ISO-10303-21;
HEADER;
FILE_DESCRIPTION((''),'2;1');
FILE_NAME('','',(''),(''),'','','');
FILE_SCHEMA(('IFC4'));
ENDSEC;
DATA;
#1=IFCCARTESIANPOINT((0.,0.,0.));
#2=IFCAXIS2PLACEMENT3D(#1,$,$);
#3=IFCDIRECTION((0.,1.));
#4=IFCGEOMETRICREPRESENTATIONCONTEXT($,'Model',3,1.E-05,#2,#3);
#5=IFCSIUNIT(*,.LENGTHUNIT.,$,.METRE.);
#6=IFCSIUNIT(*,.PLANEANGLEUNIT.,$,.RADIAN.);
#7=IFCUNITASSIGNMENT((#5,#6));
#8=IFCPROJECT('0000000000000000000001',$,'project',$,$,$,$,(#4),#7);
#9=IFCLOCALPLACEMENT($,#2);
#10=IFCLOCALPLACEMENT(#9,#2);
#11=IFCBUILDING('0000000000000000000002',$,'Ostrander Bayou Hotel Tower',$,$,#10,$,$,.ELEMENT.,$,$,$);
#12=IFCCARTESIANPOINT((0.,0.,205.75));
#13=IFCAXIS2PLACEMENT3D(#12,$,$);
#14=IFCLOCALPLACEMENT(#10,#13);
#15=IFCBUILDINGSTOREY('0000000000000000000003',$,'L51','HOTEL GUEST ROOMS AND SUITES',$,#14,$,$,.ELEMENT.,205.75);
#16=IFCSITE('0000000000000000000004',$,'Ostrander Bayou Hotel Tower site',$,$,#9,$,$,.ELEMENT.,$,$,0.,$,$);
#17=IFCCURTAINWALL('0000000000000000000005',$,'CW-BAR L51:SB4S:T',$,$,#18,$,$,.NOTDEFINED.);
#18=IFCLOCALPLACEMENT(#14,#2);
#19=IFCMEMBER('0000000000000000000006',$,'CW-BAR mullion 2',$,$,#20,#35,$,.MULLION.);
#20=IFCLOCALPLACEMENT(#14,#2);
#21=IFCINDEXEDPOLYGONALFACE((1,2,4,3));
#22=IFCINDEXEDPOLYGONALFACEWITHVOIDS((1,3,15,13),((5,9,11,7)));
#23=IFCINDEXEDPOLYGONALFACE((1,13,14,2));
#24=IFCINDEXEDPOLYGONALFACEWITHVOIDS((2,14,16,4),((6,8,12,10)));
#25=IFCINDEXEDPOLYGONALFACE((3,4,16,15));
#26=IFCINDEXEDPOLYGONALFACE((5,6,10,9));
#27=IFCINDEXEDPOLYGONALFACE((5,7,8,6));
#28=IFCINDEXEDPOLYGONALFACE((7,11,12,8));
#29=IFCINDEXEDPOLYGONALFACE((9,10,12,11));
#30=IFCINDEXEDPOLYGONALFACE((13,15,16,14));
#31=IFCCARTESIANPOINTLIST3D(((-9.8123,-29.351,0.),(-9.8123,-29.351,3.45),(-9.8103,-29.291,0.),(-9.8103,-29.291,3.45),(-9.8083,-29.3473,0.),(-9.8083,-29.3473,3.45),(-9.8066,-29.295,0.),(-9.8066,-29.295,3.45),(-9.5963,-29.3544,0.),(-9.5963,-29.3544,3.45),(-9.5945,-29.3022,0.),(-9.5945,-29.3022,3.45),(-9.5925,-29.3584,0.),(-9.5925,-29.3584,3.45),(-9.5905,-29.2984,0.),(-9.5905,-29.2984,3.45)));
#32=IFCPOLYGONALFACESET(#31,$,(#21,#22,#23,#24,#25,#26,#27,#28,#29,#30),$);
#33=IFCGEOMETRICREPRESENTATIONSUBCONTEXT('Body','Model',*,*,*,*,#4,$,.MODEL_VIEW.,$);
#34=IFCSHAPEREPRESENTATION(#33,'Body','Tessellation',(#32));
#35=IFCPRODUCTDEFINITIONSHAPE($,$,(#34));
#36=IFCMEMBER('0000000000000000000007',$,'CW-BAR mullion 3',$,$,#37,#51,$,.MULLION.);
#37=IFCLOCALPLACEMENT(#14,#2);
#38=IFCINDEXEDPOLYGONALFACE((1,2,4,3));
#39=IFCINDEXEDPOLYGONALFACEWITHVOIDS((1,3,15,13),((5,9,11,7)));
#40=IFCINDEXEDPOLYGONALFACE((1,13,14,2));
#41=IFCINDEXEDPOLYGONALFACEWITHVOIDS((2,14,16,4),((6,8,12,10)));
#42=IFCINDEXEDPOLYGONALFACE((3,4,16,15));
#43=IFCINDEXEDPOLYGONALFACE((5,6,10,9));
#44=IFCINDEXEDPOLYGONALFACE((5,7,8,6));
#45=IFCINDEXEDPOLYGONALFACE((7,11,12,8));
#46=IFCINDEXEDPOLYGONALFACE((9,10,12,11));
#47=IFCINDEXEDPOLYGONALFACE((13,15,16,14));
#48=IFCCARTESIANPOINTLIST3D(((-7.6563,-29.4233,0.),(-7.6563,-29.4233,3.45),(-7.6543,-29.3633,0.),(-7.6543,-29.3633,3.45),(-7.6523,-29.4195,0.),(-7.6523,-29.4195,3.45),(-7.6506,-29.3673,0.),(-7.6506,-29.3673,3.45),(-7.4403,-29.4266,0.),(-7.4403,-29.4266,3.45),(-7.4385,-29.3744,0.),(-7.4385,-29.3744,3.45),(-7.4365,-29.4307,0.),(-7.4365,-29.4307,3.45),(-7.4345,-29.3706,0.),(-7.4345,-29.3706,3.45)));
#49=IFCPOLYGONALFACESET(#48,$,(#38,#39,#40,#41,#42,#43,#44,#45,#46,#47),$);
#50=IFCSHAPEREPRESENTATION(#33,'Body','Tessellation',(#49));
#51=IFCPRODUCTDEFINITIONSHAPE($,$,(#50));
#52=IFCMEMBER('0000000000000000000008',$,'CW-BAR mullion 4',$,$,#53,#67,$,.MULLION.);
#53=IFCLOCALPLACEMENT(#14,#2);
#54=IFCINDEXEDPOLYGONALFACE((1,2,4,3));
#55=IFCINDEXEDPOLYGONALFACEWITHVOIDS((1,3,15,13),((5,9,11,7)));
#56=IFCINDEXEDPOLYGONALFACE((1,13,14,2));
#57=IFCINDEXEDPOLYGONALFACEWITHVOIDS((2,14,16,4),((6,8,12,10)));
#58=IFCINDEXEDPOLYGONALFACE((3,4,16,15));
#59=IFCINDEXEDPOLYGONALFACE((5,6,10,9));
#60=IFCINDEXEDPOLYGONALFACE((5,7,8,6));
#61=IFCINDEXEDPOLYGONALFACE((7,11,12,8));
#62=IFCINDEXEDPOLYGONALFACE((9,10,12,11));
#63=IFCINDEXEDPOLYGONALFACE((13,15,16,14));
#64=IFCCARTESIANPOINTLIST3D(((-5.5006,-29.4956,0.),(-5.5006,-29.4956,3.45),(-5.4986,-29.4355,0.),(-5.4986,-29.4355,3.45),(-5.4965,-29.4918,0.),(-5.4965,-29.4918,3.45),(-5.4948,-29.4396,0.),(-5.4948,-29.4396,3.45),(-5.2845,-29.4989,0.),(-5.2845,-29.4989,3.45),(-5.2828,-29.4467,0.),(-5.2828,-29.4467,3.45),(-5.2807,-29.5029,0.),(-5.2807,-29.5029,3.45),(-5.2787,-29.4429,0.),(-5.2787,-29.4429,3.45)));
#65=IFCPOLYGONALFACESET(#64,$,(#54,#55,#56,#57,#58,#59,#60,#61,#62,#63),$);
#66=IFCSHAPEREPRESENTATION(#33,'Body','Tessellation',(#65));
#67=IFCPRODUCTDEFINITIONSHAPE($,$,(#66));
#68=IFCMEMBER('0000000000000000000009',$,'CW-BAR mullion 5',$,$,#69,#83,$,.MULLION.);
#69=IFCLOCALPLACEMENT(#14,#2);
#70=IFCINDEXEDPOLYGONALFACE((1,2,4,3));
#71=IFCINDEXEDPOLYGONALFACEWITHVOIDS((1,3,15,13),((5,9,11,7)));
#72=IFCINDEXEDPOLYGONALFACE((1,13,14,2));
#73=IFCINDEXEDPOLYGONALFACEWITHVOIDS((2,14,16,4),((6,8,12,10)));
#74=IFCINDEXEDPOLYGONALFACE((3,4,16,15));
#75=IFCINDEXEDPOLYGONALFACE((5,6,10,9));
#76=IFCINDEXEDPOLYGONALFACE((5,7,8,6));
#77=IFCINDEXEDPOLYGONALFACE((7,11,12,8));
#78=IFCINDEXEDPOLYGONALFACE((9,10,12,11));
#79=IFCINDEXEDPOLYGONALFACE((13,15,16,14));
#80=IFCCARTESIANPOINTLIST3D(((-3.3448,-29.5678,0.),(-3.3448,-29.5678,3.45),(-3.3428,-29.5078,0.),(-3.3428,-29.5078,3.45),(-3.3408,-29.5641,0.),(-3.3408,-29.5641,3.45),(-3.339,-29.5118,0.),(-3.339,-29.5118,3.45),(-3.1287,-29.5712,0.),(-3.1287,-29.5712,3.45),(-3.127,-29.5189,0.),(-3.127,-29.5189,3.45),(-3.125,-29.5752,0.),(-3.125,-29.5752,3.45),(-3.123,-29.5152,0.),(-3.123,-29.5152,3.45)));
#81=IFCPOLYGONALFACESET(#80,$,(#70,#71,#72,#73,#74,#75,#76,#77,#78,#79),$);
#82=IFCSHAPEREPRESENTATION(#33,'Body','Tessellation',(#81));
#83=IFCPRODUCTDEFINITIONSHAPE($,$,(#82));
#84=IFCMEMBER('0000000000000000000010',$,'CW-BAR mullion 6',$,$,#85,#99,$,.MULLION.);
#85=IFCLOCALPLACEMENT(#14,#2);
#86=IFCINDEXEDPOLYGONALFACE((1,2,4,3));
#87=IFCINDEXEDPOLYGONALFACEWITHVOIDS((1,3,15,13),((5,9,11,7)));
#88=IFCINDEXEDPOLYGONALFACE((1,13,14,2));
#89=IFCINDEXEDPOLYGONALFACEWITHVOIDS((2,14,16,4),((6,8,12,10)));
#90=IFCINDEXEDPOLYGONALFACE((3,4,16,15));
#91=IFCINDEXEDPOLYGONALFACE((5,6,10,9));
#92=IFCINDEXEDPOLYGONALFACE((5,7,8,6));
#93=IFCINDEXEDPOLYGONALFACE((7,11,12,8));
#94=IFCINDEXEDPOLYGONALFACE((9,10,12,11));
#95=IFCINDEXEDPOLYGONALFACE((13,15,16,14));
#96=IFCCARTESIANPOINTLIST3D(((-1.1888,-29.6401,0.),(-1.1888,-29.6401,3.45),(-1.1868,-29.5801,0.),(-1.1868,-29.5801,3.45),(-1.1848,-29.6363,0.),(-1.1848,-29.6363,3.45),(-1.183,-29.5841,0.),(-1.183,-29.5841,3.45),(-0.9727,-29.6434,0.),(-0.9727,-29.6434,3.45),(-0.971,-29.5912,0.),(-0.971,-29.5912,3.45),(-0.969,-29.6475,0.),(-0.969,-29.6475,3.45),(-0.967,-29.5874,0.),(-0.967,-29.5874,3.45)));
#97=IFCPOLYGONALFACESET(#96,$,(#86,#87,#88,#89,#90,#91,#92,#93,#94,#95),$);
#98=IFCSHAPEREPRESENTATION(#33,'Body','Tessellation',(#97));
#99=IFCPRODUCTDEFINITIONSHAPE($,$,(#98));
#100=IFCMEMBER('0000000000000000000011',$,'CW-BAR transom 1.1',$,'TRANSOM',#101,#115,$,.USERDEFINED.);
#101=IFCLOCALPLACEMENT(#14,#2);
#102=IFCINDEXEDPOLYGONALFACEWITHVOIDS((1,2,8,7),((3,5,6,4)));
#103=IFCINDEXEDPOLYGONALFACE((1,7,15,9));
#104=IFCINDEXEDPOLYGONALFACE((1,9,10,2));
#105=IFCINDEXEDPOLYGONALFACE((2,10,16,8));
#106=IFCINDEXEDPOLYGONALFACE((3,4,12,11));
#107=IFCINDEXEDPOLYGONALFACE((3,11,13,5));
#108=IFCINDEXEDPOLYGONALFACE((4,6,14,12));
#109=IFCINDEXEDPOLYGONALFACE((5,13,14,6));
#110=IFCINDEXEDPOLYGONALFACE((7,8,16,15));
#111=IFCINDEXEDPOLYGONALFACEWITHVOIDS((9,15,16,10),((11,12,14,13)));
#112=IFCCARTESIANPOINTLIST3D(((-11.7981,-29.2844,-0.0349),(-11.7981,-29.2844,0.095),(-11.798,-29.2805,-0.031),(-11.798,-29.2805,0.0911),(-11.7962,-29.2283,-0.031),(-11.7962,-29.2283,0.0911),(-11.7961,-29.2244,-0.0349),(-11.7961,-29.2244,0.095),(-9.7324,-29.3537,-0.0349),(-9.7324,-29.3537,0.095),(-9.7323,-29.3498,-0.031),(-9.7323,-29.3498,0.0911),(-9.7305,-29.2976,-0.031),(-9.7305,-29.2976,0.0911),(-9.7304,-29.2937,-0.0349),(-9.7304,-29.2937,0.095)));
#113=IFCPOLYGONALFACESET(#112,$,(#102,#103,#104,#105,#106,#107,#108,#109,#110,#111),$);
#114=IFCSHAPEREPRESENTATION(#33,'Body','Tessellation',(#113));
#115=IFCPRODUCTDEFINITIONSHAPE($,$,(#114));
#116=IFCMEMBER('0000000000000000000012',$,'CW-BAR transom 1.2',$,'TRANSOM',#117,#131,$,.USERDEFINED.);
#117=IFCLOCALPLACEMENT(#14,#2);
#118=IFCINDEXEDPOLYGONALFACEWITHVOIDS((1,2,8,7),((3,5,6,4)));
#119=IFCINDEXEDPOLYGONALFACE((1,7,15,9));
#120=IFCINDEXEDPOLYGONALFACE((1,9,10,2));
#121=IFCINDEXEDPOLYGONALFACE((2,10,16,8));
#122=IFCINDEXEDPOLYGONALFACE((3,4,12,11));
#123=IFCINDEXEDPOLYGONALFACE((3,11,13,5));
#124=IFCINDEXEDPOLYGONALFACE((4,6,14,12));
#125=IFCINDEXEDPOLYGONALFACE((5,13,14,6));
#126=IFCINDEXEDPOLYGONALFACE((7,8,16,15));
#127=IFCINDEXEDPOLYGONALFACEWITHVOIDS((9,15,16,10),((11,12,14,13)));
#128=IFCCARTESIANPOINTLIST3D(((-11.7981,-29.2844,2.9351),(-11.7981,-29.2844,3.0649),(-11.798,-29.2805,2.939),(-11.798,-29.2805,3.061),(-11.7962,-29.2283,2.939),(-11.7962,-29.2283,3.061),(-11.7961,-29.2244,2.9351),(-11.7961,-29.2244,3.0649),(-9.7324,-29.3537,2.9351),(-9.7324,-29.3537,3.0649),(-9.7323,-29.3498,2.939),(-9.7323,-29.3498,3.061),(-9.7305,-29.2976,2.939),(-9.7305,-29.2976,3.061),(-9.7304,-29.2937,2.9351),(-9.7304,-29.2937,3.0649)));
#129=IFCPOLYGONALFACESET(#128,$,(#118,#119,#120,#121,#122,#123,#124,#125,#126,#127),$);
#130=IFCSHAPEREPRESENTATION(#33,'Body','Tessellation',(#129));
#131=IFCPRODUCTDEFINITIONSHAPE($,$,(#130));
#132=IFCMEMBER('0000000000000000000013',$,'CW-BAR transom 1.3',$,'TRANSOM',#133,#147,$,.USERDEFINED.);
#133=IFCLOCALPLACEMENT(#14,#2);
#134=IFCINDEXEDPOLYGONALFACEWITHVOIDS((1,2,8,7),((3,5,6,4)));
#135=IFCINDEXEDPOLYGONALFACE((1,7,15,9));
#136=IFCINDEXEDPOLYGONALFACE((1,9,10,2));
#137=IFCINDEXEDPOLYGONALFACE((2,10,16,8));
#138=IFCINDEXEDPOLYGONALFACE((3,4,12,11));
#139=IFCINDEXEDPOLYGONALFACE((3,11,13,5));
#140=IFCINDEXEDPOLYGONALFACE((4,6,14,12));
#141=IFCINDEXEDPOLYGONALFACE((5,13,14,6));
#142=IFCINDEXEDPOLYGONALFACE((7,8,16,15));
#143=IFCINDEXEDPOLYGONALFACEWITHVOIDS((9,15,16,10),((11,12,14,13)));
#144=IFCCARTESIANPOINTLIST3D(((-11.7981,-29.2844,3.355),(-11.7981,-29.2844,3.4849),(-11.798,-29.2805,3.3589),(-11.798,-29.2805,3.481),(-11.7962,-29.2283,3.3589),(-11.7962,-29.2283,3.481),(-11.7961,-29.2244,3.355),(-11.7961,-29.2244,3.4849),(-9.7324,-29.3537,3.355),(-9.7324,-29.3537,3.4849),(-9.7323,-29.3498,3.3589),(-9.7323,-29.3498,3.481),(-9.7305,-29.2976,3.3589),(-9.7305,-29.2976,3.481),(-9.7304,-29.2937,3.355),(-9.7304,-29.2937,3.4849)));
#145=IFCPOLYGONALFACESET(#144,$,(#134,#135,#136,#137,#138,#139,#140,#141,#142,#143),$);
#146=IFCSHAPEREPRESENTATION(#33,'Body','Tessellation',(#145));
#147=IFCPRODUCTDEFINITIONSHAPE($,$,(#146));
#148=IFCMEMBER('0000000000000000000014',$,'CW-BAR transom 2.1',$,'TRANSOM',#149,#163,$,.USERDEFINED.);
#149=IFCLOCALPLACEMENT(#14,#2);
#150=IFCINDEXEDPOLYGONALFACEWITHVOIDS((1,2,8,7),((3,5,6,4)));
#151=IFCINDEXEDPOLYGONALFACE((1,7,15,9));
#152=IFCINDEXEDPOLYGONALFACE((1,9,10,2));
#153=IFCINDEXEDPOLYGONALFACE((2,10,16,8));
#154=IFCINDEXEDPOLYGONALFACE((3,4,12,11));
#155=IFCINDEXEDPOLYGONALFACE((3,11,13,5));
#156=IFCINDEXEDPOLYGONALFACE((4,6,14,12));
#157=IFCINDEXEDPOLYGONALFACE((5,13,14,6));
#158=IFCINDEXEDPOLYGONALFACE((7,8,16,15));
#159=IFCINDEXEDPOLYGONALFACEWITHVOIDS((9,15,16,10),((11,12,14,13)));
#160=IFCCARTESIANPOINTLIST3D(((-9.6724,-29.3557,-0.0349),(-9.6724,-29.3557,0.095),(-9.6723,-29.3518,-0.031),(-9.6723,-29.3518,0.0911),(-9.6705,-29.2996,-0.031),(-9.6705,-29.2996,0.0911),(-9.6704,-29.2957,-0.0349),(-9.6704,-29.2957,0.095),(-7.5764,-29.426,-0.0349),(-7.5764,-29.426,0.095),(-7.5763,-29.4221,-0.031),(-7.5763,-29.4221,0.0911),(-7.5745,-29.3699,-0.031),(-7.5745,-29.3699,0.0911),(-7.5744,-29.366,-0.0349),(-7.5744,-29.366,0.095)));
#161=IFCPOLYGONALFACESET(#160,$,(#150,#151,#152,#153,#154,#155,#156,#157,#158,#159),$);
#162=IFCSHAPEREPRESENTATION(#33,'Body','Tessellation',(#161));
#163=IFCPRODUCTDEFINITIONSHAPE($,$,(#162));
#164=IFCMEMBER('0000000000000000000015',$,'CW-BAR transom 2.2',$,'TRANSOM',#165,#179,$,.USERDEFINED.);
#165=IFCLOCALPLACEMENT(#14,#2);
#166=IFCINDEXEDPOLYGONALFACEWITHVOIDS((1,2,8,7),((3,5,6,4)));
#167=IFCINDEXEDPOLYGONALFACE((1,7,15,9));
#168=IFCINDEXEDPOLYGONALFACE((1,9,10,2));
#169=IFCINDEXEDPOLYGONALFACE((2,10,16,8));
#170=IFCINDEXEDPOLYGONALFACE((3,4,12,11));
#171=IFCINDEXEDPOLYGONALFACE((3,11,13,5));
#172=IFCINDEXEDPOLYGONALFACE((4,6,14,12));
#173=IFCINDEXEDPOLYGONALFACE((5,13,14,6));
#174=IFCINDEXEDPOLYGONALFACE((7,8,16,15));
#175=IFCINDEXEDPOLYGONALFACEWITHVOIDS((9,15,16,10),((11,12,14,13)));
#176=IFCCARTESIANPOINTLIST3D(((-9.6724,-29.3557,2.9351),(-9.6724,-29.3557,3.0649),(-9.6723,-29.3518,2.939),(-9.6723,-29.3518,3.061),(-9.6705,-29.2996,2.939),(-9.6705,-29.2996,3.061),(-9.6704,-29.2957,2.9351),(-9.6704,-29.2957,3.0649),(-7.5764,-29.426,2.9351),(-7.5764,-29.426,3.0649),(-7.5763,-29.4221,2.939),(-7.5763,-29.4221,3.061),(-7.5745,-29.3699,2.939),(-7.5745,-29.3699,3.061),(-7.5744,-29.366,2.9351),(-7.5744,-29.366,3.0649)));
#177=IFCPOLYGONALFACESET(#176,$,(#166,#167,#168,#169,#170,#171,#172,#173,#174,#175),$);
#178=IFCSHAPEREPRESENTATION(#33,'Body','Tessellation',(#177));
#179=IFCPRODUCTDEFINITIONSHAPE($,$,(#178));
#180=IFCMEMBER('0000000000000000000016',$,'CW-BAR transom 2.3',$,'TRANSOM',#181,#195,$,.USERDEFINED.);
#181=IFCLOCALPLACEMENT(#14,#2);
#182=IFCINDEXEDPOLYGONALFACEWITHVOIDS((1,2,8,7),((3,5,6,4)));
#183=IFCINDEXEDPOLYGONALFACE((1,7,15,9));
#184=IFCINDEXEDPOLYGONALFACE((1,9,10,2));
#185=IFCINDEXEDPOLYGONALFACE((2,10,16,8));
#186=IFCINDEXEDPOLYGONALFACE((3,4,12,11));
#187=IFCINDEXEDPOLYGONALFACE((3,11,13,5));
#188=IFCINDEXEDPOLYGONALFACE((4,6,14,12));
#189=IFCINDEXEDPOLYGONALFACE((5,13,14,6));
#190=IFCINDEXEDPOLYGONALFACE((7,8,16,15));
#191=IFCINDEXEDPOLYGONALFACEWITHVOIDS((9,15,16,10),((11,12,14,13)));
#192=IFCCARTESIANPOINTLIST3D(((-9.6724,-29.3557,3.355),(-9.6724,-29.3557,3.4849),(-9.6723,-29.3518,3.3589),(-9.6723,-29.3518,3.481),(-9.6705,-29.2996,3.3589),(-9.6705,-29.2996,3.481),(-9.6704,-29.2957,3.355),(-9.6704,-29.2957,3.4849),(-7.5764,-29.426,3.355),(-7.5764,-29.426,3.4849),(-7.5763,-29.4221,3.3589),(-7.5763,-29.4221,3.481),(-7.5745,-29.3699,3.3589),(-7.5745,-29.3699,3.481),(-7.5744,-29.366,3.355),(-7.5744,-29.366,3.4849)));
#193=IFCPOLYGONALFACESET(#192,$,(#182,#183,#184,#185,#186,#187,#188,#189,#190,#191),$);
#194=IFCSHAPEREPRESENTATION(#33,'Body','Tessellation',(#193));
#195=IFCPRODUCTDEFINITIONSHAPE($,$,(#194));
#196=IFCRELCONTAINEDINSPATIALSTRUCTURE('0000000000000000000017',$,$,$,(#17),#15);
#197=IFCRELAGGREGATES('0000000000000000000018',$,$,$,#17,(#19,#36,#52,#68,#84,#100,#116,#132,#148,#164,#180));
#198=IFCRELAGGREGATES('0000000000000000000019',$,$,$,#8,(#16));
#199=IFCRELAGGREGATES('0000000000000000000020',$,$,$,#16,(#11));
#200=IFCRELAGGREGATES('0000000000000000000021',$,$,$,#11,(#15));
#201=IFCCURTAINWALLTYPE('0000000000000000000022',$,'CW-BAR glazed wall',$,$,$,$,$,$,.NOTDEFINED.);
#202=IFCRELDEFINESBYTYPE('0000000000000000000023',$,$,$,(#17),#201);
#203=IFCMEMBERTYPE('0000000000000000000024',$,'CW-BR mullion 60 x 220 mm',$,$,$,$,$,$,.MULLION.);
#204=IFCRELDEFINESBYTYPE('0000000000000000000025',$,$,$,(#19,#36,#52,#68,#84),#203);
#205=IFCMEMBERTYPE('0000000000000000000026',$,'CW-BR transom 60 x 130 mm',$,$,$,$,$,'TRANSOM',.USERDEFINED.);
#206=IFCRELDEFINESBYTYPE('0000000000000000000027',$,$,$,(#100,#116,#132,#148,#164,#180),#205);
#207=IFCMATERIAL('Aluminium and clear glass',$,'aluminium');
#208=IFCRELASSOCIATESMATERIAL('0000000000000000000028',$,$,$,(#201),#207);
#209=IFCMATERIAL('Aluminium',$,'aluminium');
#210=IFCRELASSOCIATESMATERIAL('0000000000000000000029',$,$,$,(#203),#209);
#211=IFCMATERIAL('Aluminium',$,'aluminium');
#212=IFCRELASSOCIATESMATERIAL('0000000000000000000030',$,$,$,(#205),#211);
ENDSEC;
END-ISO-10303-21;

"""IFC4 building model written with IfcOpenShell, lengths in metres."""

from ifc_helpers import new_model, si_unit, direction, frame, origin, origin_2d, place, context, subcontext, project, spatial, hollow_rectangle, extrude, material, material_profile, profile_set, type_object, element, aggregate, save


model = new_model("IFC4")

# Units and contexts
model_context = context("Model", 3, precision=1e-05, world=origin(), true_north=direction((0.0, 1.0)))
body_context = subcontext(model_context, "Body", "Model", "MODEL_VIEW")
ifc_project = project(units=[si_unit("LENGTHUNIT", "METRE"), si_unit("PLANEANGLEUNIT", "RADIAN")], contexts=[model_context])

# Site, building, storey
site_placement = place(None, origin())
site = spatial("IfcSite", under=ifc_project, at=site_placement, Name="Ostrander Bayou Hotel Tower site", CompositionType="ELEMENT", RefElevation=0.0)
building_placement = place(site_placement, origin())
building = spatial("IfcBuilding", under=site, at=building_placement, Name="Ostrander Bayou Hotel Tower", CompositionType="ELEMENT")
storey_placement = place(building_placement, frame((0.0, 0.0, 205.75)))
storey = spatial("IfcBuildingStorey", under=building, at=storey_placement, Name="L51", Description="HOTEL GUEST ROOMS AND SUITES", CompositionType="ELEMENT", Elevation=205.75)

# Curtain wall, members
ifc_material_1 = material(Name="Aluminium and clear glass", Category="aluminium")
curtain_wall_type = type_object("IfcCurtainWallType", Name="CW-BAR glazed wall", PredefinedType="NOTDEFINED", material=ifc_material_1)
curtain_wall_placement = place(storey_placement, origin())
curtain_wall = element("IfcCurtainWall", 1, at=curtain_wall_placement, inside=storey, type_object=curtain_wall_type, Name="CW-BAR L51:SB4S:T", PredefinedType="NOTDEFINED")
ifc_material_2 = material(Name="Aluminium", Category="aluminium")
ifc_material_profile_1 = material_profile(ifc_material_2, hollow_rectangle(XDim=0.0601, YDim=0.22, WallThickness=0.0039, at=origin_2d()))
ifc_profile_set_1 = profile_set([ifc_material_profile_1], Name="Aluminium")
member_type_1 = type_object("IfcMemberType", Name="CW-BR mullion 60 x 220 mm", PredefinedType="MULLION", material=ifc_profile_set_1)
member_1_placement = place(storey_placement, frame((-9.7014, -29.3247, 0.0), z_axis=(0.0, 0.0, 1.0), x_axis=(0.033505, 0.999439, 0.0)))
member_1 = element("IfcMember", 2, at=member_1_placement, type_object=member_type_1, Name="CW-BAR mullion 2", PredefinedType="MULLION", context=body_context, shape_type="SweptSolid", body=[
    extrude(hollow_rectangle(XDim=0.0601, YDim=0.22, WallThickness=0.0039, at=origin_2d()), origin(), (0.0, 0.0, 1.0), 3.45),
])
member_2_placement = place(storey_placement, frame((-7.5454, -29.397, 0.0), z_axis=(0.0, 0.0, 1.0), x_axis=(0.033505, 0.999439, 0.0)))
member_2 = element("IfcMember", 3, at=member_2_placement, type_object=member_type_1, Name="CW-BAR mullion 3", PredefinedType="MULLION", context=body_context, shape_type="SweptSolid", body=[
    extrude(hollow_rectangle(XDim=0.0601, YDim=0.22, WallThickness=0.0039, at=origin_2d()), origin(), (0.0, 0.0, 1.0), 3.45),
])
member_3_placement = place(storey_placement, frame((-5.3896, -29.4692, 0.0), z_axis=(0.0, 0.0, 1.0), x_axis=(0.033505, 0.999439, 0.0)))
member_3 = element("IfcMember", 4, at=member_3_placement, type_object=member_type_1, Name="CW-BAR mullion 4", PredefinedType="MULLION", context=body_context, shape_type="SweptSolid", body=[
    extrude(hollow_rectangle(XDim=0.0601, YDim=0.22, WallThickness=0.0039, at=origin_2d()), origin(), (0.0, 0.0, 1.0), 3.45),
])
member_4_placement = place(storey_placement, frame((-3.2339, -29.5415, 0.0), z_axis=(0.0, 0.0, 1.0), x_axis=(0.033505, 0.999439, 0.0)))
member_4 = element("IfcMember", 5, at=member_4_placement, type_object=member_type_1, Name="CW-BAR mullion 5", PredefinedType="MULLION", context=body_context, shape_type="SweptSolid", body=[
    extrude(hollow_rectangle(XDim=0.0601, YDim=0.22, WallThickness=0.0039, at=origin_2d()), origin(), (0.0, 0.0, 1.0), 3.45),
])
member_5_placement = place(storey_placement, frame((-1.0779, -29.6138, 0.0), z_axis=(0.0, 0.0, 1.0), x_axis=(0.033505, 0.999439, 0.0)))
member_5 = element("IfcMember", 6, at=member_5_placement, type_object=member_type_1, Name="CW-BAR mullion 6", PredefinedType="MULLION", context=body_context, shape_type="SweptSolid", body=[
    extrude(hollow_rectangle(XDim=0.0601, YDim=0.22, WallThickness=0.0039, at=origin_2d()), origin(), (0.0, 0.0, 1.0), 3.45),
])
ifc_material_3 = material(Name="Aluminium", Category="aluminium")
ifc_material_profile_2 = material_profile(ifc_material_3, hollow_rectangle(XDim=0.0601, YDim=0.1299, WallThickness=0.0039, at=origin_2d()))
ifc_profile_set_2 = profile_set([ifc_material_profile_2], Name="Aluminium")
member_type_2 = type_object("IfcMemberType", Name="CW-BR transom 60 x 130 mm", ElementType="TRANSOM", PredefinedType="USERDEFINED", material=ifc_profile_set_2)
member_6_placement = place(storey_placement, frame((-11.7971, -29.2544, 0.03), z_axis=(0.999437, -0.033547, 0.0), x_axis=(0.033547, 0.999437, 0.0)))
member_6 = element("IfcMember", 7, at=member_6_placement, type_object=member_type_2, Name="CW-BAR transom 1.1", ObjectType="TRANSOM", PredefinedType="USERDEFINED", context=body_context, shape_type="SweptSolid", body=[
    extrude(hollow_rectangle(XDim=0.0601, YDim=0.1299, WallThickness=0.0039, at=origin_2d()), origin(), (0.0, 0.0, 1.0), 2.0669),
])
member_7_placement = place(storey_placement, frame((-11.7971, -29.2544, 3.0), z_axis=(0.999437, -0.033547, 0.0), x_axis=(0.033547, 0.999437, 0.0)))
member_7 = element("IfcMember", 8, at=member_7_placement, type_object=member_type_2, Name="CW-BAR transom 1.2", ObjectType="TRANSOM", PredefinedType="USERDEFINED", context=body_context, shape_type="SweptSolid", body=[
    extrude(hollow_rectangle(XDim=0.0601, YDim=0.1299, WallThickness=0.0039, at=origin_2d()), origin(), (0.0, 0.0, 1.0), 2.0669),
])
member_8_placement = place(storey_placement, frame((-11.7971, -29.2544, 3.4199), z_axis=(0.999437, -0.033547, 0.0), x_axis=(0.033547, 0.999437, 0.0)))
member_8 = element("IfcMember", 9, at=member_8_placement, type_object=member_type_2, Name="CW-BAR transom 1.3", ObjectType="TRANSOM", PredefinedType="USERDEFINED", context=body_context, shape_type="SweptSolid", body=[
    extrude(hollow_rectangle(XDim=0.0601, YDim=0.1299, WallThickness=0.0039, at=origin_2d()), origin(), (0.0, 0.0, 1.0), 2.0669),
])
member_9_placement = place(storey_placement, frame((-9.6714, -29.3257, 0.03), z_axis=(0.999438, -0.033528, 0.0), x_axis=(0.033528, 0.999438, 0.0)))
member_9 = element("IfcMember", 10, at=member_9_placement, type_object=member_type_2, Name="CW-BAR transom 2.1", ObjectType="TRANSOM", PredefinedType="USERDEFINED", context=body_context, shape_type="SweptSolid", body=[
    extrude(hollow_rectangle(XDim=0.0601, YDim=0.1299, WallThickness=0.0039, at=origin_2d()), origin(), (0.0, 0.0, 1.0), 2.0972),
])
member_10_placement = place(storey_placement, frame((-9.6714, -29.3257, 3.0), z_axis=(0.999438, -0.033528, 0.0), x_axis=(0.033528, 0.999438, 0.0)))
member_10 = element("IfcMember", 11, at=member_10_placement, type_object=member_type_2, Name="CW-BAR transom 2.2", ObjectType="TRANSOM", PredefinedType="USERDEFINED", context=body_context, shape_type="SweptSolid", body=[
    extrude(hollow_rectangle(XDim=0.0601, YDim=0.1299, WallThickness=0.0039, at=origin_2d()), origin(), (0.0, 0.0, 1.0), 2.0972),
])
member_11_placement = place(storey_placement, frame((-9.6714, -29.3257, 3.4199), z_axis=(0.999438, -0.033528, 0.0), x_axis=(0.033528, 0.999438, 0.0)))
member_11 = element("IfcMember", 12, at=member_11_placement, type_object=member_type_2, Name="CW-BAR transom 2.3", ObjectType="TRANSOM", PredefinedType="USERDEFINED", context=body_context, shape_type="SweptSolid", body=[
    extrude(hollow_rectangle(XDim=0.0601, YDim=0.1299, WallThickness=0.0039, at=origin_2d()), origin(), (0.0, 0.0, 1.0), 2.0972),
])

aggregate(curtain_wall, [member_1, member_2, member_3, member_4, member_5, member_6, member_7, member_8, member_9, member_10, member_11])

save(model, "model.ifc")
